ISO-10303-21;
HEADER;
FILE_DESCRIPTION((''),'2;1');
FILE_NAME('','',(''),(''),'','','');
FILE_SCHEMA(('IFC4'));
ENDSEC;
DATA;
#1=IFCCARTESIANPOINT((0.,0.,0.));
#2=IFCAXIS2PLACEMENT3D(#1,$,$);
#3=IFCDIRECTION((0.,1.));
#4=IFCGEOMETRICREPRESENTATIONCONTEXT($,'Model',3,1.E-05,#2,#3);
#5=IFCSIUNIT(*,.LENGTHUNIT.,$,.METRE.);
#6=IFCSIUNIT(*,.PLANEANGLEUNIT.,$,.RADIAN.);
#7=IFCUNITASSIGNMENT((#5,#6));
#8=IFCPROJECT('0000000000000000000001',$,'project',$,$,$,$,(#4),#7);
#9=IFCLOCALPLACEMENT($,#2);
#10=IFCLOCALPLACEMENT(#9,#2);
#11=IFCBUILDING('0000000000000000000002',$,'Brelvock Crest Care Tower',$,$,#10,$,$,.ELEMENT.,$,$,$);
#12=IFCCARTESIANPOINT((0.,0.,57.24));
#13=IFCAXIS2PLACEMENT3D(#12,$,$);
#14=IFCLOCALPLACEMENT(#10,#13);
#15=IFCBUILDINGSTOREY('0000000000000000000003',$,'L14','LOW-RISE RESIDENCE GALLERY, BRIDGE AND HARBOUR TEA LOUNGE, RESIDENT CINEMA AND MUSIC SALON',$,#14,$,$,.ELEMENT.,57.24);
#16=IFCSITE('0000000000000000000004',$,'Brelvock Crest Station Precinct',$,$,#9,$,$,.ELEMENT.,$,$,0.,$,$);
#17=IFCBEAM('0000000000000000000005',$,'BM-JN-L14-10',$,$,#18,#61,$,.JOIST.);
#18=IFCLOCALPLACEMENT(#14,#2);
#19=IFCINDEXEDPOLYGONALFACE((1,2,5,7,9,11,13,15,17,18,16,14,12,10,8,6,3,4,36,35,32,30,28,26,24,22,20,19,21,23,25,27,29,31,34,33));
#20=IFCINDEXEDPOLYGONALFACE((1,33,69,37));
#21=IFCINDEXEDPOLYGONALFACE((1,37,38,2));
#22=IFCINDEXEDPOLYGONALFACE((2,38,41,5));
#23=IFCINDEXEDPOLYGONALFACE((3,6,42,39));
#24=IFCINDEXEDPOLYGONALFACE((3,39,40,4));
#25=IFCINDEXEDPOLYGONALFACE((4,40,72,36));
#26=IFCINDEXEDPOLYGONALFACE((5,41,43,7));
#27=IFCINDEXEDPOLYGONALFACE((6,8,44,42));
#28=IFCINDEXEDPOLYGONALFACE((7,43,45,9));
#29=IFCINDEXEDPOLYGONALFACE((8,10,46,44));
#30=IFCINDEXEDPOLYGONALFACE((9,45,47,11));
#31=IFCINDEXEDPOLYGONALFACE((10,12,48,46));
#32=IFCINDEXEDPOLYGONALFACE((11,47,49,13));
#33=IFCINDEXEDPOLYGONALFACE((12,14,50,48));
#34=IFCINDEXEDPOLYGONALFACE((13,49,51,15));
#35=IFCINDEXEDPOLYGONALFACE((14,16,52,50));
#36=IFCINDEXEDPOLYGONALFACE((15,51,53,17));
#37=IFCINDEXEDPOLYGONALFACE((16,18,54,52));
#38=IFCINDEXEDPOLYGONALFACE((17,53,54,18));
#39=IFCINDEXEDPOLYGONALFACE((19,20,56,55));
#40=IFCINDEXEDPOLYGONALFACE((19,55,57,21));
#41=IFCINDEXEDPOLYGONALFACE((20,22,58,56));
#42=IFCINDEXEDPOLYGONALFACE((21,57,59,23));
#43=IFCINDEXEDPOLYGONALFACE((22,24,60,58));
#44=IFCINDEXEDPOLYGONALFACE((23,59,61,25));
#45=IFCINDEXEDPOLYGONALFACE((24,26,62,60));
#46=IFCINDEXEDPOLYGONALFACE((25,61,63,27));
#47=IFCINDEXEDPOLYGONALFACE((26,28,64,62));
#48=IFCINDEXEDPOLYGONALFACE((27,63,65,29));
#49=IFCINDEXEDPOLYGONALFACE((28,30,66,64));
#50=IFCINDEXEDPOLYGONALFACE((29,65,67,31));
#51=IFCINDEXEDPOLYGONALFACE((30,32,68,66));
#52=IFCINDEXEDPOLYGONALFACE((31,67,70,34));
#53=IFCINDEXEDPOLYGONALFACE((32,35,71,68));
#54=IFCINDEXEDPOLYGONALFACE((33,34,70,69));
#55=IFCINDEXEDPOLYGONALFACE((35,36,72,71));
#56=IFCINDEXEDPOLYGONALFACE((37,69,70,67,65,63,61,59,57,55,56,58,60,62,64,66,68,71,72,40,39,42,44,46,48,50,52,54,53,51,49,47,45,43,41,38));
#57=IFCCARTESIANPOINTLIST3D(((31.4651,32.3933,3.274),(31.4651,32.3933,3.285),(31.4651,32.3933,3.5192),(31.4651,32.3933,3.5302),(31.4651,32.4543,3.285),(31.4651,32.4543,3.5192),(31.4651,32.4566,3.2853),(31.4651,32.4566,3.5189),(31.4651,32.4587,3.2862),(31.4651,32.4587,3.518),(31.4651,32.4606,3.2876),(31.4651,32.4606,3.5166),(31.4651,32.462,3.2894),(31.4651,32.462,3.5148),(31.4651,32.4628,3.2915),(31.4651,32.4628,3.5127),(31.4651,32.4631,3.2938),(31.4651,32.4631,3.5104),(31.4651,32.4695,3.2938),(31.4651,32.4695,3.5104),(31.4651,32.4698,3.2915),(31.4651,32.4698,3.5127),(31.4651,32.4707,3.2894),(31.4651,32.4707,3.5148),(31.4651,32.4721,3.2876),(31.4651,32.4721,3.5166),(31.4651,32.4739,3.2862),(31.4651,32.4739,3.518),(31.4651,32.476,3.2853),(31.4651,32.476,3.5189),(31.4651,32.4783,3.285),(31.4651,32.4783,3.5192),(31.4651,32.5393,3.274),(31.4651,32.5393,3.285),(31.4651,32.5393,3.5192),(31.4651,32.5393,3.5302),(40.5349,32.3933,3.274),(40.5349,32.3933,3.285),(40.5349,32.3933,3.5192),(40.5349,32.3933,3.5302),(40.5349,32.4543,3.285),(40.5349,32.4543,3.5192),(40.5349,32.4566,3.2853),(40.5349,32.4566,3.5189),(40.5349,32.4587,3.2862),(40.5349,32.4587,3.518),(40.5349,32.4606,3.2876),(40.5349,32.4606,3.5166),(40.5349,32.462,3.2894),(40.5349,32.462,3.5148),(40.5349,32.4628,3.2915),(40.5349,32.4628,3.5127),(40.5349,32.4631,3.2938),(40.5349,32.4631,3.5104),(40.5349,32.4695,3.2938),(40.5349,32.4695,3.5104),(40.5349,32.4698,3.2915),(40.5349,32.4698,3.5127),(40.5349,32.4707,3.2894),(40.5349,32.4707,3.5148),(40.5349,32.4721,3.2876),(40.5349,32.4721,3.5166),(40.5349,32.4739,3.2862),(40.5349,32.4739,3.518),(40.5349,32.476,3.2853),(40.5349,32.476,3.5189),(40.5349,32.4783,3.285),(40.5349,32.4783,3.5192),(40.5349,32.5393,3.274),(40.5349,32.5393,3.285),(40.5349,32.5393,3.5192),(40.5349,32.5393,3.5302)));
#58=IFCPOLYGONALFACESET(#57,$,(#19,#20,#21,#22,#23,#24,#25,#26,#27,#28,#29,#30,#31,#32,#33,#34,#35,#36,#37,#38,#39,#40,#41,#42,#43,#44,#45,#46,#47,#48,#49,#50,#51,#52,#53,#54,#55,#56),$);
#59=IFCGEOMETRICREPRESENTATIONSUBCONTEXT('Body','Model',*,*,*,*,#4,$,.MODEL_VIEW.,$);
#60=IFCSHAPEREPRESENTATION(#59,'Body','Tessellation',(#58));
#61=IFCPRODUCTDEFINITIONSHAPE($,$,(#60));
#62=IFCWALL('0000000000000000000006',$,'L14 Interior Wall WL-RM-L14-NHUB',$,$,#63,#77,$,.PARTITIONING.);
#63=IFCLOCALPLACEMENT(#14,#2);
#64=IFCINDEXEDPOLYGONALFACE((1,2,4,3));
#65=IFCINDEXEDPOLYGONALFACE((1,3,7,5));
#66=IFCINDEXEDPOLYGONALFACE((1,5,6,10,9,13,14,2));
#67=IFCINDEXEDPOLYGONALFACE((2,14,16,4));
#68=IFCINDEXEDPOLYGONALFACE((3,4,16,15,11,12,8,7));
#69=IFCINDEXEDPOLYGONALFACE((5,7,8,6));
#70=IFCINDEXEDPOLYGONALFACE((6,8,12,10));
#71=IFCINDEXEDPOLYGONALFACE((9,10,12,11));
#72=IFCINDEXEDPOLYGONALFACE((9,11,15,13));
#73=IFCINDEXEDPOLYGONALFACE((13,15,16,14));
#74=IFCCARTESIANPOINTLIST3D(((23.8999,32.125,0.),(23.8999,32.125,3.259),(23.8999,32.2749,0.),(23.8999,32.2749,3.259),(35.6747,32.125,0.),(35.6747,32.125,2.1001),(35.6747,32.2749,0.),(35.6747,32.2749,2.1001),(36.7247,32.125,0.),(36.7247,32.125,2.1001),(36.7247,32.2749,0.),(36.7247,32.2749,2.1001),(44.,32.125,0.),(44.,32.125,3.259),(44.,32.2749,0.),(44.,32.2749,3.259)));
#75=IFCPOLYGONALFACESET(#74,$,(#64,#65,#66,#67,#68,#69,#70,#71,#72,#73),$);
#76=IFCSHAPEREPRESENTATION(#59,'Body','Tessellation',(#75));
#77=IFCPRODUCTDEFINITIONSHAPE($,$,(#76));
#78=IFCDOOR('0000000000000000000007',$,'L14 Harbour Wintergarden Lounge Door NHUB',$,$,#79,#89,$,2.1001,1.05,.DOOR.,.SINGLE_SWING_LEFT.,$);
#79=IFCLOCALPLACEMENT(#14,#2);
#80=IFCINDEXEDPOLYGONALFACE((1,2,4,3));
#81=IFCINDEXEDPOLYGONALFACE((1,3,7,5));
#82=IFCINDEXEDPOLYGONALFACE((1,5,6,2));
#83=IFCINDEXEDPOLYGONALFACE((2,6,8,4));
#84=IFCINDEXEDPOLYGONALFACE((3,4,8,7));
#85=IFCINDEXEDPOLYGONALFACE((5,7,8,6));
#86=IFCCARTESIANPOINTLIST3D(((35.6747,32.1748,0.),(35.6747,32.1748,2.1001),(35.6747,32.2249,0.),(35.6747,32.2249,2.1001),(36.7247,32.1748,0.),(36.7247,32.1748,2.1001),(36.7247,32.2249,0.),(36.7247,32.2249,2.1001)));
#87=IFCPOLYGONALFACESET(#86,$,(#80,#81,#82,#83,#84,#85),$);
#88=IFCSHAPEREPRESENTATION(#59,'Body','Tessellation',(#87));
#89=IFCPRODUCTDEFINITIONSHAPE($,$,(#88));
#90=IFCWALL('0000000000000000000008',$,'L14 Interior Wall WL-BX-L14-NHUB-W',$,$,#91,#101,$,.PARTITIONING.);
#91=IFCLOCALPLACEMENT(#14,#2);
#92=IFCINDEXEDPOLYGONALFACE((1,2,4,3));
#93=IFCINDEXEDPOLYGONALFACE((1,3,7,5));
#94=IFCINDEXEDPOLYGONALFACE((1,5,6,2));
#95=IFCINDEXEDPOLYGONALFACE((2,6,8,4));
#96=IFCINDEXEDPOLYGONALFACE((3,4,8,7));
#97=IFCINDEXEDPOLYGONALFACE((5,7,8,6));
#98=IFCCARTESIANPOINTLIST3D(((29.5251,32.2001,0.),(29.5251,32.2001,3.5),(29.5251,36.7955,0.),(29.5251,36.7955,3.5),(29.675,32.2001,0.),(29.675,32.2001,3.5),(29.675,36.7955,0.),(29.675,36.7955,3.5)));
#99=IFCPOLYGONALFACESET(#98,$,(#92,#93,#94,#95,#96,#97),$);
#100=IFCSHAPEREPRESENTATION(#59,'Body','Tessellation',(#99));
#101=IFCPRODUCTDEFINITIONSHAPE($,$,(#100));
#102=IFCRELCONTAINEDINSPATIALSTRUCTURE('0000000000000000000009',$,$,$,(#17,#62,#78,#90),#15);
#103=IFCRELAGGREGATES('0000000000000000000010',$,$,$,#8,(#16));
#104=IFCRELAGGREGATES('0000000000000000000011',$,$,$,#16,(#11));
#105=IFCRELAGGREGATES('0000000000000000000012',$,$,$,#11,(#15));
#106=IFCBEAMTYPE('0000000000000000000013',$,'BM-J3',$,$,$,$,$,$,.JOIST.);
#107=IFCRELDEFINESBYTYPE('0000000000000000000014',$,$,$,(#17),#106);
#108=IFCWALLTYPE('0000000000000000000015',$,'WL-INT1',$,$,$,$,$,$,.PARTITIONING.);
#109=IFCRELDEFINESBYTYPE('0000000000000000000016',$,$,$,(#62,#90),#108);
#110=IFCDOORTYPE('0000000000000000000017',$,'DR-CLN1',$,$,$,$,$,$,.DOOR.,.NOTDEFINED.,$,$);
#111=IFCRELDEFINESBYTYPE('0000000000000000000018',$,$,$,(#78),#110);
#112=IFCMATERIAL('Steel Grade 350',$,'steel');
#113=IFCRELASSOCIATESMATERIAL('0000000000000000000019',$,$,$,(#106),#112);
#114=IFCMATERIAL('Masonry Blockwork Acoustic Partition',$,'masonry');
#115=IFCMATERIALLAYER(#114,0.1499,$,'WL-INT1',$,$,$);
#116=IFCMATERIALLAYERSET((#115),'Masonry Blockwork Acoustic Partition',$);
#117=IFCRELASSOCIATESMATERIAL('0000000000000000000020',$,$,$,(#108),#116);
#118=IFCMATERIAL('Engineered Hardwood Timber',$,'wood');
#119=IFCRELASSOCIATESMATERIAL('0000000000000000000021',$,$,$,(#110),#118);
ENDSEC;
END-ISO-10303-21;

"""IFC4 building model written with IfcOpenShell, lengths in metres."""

from ifc_helpers import new_model, si_unit, direction, frame, frame_2d, origin, origin_2d, place, context, subcontext, project, spatial, rectangle, i_section, extrude, source, transform, mapped, material, layer, layer_set, material_profile, profile_set, type_object, element, fill, save


model = new_model("IFC4")

# Units and contexts
model_context = context("Model", 3, precision=1e-05, world=origin(), true_north=direction((0.0, 1.0)))
body_context = subcontext(model_context, "Body", "Model", "MODEL_VIEW")
ifc_project = project(units=[si_unit("LENGTHUNIT", "METRE"), si_unit("PLANEANGLEUNIT", "RADIAN")], contexts=[model_context])

# Site, building, storey
site_placement = place(None, origin())
site = spatial("IfcSite", under=ifc_project, at=site_placement, Name="Brelvock Crest Station Precinct", CompositionType="ELEMENT", RefElevation=0.0)
building_placement = place(site_placement, origin())
building = spatial("IfcBuilding", under=site, at=building_placement, Name="Brelvock Crest Care Tower", CompositionType="ELEMENT")
storey_placement = place(building_placement, frame((0.0, 0.0, 57.24)))
storey = spatial("IfcBuildingStorey", under=building, at=storey_placement, Name="L14", Description="LOW-RISE RESIDENCE GALLERY, BRIDGE AND HARBOUR TEA LOUNGE, RESIDENT CINEMA AND MUSIC SALON", CompositionType="ELEMENT", Elevation=57.24)

# Beam
ifc_material_1 = material(Name="Steel Grade 350", Category="steel")
ifc_material_profile = material_profile(ifc_material_1, i_section(OverallWidth=0.146, OverallDepth=0.2561, WebThickness=0.0063, FlangeThickness=0.011, FilletRadius=0.0088, at=origin_2d()), Name="250UB37.3")
ifc_profile_set = profile_set([ifc_material_profile], Name="Steel Grade 350")
beam_type = type_object("IfcBeamType", Name="BM-J3", PredefinedType="JOIST", material=ifc_profile_set)
shared_shape_1 = source(origin(), body_context, "Body", "SweptSolid", [
    extrude(i_section(OverallWidth=0.146, OverallDepth=0.2561, WebThickness=0.0063, FlangeThickness=0.011, FilletRadius=0.0088, at=origin_2d()), origin(), (0.0, 0.0, 1.0), 9.0698),
])
for number, where, z_axis, x_axis, name in (
    (1, (31.4651, 32.4663, 3.4021), (1.0, 0.0, 0.0), (0.0, 1.0, 0.0), "BM-JN-L14-10"),
):
    element("IfcBeam", number, at=place(storey_placement, frame(where, z_axis=z_axis, x_axis=x_axis)), inside=storey, type_object=beam_type, Name=name, PredefinedType="JOIST", context=body_context, shape_type="MappedRepresentation", body=[
        mapped(shared_shape_1, transform((0.0, 0.0, 0.0), x_axis=(1.0, 0.0, 0.0), y_axis=(0.0, 1.0, 0.0), z_axis=(0.0, 0.0, 1.0), scale=1.0)),
    ])

# Wall, opening, door
ifc_material_2 = material(Name="Masonry Blockwork Acoustic Partition", Category="masonry")
ifc_layer = layer(ifc_material_2, 0.1499, Name="WL-INT1")
ifc_layer_set = layer_set([ifc_layer], Name="Masonry Blockwork Acoustic Partition")
wall_type = type_object("IfcWallType", Name="WL-INT1", PredefinedType="PARTITIONING", material=ifc_layer_set)
wall_1_placement = place(storey_placement, frame((23.8999, 32.2, 0.0), z_axis=(0.0, 0.0, 1.0), x_axis=(1.0, 0.0, 0.0)))
wall_1 = element("IfcWall", 2, at=wall_1_placement, inside=storey, type_object=wall_type, Name="L14 Interior Wall WL-RM-L14-NHUB", PredefinedType="PARTITIONING", context=body_context, shape_type="SweptSolid", body=[
    extrude(rectangle(XDim=20.1001, YDim=0.1499, at=frame_2d((10.05, 0.0))), origin(), (0.0, 0.0, 1.0), 3.259),
])
opening_placement = place(wall_1_placement, frame((11.7749, 0.0, 0.0)))
opening = element("IfcOpeningElement", 3, at=opening_placement, cuts=wall_1, PredefinedType="OPENING", context=body_context, shape_type="SweptSolid", body=[
    extrude(rectangle(XDim=1.05, YDim=2.1001, at=origin_2d()), frame((0.5249, 0.085, 1.05), z_axis=(0.0, -1.0, 0.0), x_axis=(1.0, 0.0, 0.0)), (0.0, 0.0, 1.0), 0.1699),
])
ifc_material_3 = material(Name="Engineered Hardwood Timber", Category="wood")
door_type = type_object("IfcDoorType", Name="DR-CLN1", OperationType="NOTDEFINED", PredefinedType="DOOR", material=ifc_material_3)
shared_shape_2 = source(origin(), body_context, "Body", "SweptSolid", [
    extrude(rectangle(XDim=1.05, YDim=2.1001, at=origin_2d()), frame((0.5249, 0.0249, 1.05), z_axis=(0.0, -1.0, 0.0), x_axis=(1.0, 0.0, 0.0)), (0.0, 0.0, 1.0), 0.05),
])
door_placement = place(opening_placement, origin())
door = element("IfcDoor", 4, at=door_placement, inside=storey, type_object=door_type, Name="L14 Harbour Wintergarden Lounge Door NHUB", OperationType="SINGLE_SWING_LEFT", OverallHeight=2.1001, OverallWidth=1.05, PredefinedType="DOOR", context=body_context, shape_type="MappedRepresentation", body=[
    mapped(shared_shape_2, transform((0.0, 0.0, 0.0), x_axis=(1.0, 0.0, 0.0), y_axis=(0.0, 1.0, 0.0), z_axis=(0.0, 0.0, 1.0), scale=1.0)),
])
fill(opening, door)

# Wall
wall_2_placement = place(storey_placement, frame((29.6001, 32.2, 0.0), z_axis=(0.0, 0.0, 1.0), x_axis=(0.0, 1.0, 0.0)))
element("IfcWall", 5, at=wall_2_placement, inside=storey, type_object=wall_type, Name="L14 Interior Wall WL-BX-L14-NHUB-W", PredefinedType="PARTITIONING", context=body_context, shape_type="SweptSolid", body=[
    extrude(rectangle(XDim=4.5955, YDim=0.1499, at=frame_2d((2.2979, 0.0))), origin(), (0.0, 0.0, 1.0), 3.5),
])

save(model, "model.ifc")
